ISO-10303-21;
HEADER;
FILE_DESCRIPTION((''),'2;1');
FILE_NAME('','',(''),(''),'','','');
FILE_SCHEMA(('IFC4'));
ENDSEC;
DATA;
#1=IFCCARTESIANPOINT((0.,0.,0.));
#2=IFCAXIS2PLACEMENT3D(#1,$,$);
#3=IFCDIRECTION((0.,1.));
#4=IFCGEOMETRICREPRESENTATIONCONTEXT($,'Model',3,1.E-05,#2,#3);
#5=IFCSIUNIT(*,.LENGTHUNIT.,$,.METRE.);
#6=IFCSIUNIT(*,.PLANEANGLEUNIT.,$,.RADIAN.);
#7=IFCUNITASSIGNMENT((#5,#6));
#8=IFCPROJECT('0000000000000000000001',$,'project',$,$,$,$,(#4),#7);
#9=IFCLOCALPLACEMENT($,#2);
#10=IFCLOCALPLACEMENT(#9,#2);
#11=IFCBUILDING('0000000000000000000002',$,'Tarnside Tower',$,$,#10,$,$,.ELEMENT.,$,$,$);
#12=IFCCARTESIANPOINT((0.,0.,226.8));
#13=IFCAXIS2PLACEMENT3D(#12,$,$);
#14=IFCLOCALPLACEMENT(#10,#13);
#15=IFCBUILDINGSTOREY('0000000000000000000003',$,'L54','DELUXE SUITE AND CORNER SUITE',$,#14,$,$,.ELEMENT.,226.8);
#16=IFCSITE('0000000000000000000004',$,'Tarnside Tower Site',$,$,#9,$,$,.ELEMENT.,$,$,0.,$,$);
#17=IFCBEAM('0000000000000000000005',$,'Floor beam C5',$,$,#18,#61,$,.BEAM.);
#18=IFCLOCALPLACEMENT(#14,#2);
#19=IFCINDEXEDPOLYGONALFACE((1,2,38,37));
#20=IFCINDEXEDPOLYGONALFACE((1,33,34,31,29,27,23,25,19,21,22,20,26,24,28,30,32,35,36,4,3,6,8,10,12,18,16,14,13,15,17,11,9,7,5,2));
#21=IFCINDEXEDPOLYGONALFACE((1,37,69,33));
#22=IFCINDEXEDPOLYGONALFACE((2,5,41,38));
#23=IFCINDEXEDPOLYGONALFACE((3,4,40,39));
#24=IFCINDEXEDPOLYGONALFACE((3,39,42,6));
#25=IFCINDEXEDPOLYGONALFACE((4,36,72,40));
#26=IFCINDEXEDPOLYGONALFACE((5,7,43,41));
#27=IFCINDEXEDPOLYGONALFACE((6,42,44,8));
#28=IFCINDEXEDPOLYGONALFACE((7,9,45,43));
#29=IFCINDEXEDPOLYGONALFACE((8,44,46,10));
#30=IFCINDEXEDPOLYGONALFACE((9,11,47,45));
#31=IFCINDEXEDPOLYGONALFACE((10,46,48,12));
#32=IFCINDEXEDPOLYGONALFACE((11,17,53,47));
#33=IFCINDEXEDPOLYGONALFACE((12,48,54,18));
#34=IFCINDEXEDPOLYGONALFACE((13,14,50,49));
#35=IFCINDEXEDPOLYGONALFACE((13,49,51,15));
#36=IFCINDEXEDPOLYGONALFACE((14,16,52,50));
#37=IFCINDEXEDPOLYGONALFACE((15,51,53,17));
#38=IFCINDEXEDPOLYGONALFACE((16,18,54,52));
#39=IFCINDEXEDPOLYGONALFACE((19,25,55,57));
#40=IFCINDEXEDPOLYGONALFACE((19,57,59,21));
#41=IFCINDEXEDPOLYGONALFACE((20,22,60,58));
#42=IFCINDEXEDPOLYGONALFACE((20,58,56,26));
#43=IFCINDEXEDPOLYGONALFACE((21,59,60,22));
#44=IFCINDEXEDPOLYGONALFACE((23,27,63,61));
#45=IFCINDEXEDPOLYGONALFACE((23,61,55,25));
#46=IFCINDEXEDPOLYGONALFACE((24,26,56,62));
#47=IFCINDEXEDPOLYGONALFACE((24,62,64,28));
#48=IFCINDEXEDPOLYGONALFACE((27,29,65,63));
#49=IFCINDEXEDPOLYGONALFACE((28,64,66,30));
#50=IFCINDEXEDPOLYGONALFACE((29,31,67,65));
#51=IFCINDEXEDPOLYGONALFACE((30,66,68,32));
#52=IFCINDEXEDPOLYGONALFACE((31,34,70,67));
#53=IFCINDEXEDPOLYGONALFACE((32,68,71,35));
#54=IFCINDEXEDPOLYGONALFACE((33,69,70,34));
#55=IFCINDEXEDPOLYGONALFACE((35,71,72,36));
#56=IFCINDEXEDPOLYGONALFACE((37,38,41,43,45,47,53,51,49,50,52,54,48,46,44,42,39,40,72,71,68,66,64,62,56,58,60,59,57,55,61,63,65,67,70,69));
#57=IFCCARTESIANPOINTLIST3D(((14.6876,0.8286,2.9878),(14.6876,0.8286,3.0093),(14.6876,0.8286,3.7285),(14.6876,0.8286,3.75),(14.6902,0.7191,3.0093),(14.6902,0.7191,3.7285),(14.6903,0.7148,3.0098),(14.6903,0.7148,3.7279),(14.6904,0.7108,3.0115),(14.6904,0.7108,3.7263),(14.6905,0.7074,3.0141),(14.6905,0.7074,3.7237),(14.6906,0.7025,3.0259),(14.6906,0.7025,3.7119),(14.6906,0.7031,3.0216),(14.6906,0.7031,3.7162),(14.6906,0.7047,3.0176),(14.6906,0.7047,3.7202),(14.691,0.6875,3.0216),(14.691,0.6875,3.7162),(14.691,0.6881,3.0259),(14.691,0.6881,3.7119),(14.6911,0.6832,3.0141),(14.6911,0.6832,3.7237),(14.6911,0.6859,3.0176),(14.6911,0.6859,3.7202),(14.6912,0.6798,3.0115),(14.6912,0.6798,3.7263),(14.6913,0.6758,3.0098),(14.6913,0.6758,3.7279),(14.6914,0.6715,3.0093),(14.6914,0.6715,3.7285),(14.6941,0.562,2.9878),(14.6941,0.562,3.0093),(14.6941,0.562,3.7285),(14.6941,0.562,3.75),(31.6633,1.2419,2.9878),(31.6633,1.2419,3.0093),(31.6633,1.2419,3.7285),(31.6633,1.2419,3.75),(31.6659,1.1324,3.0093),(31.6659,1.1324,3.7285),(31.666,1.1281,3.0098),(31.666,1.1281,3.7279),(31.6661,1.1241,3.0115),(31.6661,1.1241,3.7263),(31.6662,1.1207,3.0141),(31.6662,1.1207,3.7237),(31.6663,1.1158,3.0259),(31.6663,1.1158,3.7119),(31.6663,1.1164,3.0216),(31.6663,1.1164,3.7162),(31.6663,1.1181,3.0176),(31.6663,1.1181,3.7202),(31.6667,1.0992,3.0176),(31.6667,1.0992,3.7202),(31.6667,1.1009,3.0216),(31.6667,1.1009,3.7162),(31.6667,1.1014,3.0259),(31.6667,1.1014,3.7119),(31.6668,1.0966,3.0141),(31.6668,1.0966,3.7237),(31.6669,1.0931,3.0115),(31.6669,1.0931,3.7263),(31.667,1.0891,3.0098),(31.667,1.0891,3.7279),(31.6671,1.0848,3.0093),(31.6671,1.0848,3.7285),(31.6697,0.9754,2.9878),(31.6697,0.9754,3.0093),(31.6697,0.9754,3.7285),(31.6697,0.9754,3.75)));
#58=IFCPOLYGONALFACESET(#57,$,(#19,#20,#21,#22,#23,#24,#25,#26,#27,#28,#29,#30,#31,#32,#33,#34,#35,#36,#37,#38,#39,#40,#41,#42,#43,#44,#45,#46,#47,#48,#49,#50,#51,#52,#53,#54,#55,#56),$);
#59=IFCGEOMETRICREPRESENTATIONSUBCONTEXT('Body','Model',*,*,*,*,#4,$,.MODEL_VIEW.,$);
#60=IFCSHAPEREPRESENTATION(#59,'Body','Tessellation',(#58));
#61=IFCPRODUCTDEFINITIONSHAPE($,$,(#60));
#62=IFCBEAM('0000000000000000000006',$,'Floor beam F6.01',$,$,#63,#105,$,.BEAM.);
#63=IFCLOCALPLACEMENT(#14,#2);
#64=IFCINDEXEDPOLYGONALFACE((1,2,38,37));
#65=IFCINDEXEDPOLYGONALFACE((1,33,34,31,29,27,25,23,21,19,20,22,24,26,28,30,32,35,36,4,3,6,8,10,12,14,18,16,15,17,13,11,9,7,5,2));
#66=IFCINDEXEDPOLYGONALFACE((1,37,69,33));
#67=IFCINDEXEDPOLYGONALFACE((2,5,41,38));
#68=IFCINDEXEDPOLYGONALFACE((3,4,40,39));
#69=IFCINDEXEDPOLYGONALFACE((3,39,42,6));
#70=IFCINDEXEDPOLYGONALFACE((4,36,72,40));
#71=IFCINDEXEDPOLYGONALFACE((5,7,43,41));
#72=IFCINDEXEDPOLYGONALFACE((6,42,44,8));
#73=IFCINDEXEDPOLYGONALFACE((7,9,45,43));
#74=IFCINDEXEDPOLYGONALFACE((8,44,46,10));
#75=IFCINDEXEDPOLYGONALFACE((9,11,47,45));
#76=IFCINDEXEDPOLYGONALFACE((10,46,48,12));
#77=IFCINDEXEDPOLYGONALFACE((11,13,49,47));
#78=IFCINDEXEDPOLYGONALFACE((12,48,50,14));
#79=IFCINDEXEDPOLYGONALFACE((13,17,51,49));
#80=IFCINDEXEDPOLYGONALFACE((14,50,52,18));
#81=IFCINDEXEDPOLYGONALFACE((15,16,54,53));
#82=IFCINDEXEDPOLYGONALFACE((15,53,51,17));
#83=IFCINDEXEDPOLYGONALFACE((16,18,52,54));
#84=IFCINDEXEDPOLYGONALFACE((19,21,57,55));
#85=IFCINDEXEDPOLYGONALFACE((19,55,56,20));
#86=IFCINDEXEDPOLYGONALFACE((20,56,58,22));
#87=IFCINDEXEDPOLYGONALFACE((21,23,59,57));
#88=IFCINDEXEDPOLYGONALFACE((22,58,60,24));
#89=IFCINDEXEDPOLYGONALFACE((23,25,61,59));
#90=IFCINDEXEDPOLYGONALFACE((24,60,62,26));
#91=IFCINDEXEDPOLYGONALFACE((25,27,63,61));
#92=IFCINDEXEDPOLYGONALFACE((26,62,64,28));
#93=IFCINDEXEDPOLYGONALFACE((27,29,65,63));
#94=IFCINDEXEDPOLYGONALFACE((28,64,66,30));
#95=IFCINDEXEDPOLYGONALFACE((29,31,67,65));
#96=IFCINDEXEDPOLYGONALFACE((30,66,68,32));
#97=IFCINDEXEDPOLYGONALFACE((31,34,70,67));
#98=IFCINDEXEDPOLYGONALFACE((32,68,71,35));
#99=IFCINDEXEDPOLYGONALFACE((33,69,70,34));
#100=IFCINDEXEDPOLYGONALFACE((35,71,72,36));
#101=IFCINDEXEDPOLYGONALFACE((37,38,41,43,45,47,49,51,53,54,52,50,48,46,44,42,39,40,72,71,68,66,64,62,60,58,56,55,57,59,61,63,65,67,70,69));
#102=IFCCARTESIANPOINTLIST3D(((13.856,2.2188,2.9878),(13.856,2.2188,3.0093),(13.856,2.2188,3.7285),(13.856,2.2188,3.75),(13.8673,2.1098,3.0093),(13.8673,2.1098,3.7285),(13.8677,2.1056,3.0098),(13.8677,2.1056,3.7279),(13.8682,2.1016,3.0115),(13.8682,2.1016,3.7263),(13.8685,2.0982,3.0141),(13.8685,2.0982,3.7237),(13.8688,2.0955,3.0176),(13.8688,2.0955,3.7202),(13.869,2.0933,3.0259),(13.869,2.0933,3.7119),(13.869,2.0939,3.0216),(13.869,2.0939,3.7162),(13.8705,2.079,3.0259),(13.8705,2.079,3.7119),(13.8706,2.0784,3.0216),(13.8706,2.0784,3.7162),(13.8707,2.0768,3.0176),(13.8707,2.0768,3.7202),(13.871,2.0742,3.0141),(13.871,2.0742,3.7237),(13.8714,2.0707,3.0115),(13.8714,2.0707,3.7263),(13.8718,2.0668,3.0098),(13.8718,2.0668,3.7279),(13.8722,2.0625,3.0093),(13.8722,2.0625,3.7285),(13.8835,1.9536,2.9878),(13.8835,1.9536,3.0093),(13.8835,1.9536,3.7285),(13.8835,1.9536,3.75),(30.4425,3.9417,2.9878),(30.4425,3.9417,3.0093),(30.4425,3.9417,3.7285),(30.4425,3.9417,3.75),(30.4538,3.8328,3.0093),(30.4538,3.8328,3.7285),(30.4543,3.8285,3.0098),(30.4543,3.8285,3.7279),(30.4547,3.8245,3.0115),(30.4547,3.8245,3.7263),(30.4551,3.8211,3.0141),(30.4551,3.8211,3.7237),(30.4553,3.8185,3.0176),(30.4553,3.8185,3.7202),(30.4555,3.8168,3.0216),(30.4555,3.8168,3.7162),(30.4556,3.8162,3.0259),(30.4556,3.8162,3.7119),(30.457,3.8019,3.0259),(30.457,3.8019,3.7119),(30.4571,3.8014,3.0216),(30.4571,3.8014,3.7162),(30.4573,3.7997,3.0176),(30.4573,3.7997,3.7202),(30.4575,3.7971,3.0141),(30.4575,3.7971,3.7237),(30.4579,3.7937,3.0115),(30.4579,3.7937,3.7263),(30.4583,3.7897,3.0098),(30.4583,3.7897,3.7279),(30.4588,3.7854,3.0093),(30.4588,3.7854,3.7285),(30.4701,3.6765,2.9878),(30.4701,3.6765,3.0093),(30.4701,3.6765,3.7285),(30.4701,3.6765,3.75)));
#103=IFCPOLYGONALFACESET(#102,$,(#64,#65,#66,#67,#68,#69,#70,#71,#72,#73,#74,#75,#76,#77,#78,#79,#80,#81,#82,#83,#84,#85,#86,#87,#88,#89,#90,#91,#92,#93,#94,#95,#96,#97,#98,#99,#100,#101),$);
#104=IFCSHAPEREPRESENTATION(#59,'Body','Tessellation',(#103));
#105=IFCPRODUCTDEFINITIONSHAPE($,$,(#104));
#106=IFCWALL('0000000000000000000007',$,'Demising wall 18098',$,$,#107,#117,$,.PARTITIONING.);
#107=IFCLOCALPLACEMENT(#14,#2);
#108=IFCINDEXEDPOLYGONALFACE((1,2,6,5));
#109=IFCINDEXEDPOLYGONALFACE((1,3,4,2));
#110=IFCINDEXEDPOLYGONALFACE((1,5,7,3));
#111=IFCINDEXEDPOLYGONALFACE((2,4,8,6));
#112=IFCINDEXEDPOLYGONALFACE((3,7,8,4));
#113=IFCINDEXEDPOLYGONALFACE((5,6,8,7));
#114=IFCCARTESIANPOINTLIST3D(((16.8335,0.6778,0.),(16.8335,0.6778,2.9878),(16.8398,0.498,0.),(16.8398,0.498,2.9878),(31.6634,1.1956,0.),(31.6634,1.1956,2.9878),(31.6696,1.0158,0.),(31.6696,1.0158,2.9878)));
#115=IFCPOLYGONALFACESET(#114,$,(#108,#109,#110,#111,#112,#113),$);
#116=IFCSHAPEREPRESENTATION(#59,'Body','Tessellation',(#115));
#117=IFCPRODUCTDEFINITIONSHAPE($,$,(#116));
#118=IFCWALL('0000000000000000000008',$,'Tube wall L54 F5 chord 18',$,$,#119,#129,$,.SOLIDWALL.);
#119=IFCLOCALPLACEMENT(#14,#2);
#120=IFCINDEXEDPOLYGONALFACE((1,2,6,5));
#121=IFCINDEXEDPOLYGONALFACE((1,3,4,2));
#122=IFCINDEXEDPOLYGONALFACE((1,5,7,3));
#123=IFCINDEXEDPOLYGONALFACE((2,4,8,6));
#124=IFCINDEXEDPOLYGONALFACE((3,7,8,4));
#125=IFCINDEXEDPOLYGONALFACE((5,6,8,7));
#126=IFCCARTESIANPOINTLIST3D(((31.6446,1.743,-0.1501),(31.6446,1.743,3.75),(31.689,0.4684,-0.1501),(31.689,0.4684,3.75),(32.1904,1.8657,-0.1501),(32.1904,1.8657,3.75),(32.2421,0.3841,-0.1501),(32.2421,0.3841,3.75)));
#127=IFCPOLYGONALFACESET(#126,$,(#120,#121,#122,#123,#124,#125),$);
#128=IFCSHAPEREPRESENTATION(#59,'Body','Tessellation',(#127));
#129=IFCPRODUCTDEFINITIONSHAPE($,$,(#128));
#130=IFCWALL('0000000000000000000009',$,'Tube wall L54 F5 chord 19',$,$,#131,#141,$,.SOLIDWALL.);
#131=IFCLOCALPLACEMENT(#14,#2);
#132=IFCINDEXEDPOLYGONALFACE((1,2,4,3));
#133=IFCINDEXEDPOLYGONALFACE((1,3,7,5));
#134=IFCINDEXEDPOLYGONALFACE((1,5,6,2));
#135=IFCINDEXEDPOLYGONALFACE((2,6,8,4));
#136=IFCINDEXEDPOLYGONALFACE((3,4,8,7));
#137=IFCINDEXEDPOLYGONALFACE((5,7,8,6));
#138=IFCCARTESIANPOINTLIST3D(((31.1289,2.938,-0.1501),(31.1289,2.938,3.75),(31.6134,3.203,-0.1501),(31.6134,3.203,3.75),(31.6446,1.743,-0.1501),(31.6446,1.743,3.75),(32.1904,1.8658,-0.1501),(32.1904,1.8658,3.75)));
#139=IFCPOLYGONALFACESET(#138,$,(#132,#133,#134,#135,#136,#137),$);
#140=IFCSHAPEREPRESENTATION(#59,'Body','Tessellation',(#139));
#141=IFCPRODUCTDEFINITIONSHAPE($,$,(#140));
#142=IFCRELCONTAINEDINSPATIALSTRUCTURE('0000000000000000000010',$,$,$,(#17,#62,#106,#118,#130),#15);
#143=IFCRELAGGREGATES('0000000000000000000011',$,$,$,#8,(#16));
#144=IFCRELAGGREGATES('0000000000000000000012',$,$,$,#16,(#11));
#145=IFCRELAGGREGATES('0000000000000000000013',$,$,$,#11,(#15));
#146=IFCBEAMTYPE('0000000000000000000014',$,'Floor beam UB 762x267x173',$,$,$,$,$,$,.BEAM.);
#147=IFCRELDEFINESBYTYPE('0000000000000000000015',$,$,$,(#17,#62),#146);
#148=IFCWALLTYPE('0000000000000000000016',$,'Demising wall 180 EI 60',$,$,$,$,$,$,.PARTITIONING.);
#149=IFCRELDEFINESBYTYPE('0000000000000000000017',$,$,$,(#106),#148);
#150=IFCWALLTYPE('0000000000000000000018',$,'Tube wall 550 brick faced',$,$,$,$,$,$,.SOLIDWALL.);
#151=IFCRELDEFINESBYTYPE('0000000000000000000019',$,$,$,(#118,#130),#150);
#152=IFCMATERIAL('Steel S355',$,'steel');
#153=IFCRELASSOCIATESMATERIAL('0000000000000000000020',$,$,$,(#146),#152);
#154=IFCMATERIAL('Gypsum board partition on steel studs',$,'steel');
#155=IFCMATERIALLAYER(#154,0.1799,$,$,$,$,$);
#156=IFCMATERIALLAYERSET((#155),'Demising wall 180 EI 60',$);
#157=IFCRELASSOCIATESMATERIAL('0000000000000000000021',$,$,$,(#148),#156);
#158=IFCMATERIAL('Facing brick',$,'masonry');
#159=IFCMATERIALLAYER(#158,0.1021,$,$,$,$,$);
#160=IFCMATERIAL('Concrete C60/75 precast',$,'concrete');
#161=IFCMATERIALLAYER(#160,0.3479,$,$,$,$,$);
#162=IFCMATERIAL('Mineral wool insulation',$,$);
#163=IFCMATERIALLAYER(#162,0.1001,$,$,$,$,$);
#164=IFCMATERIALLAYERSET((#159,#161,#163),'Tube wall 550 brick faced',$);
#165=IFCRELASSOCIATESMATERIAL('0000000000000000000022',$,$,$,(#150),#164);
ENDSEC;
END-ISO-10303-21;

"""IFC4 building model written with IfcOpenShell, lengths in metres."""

from ifc_helpers import new_model, si_unit, direction, frame, frame_2d, origin, origin_2d, place, context, subcontext, project, spatial, polyline, rectangle, i_section, outline, extrude, material, layer, layer_set, material_profile, profile_set, type_object, element, save


model = new_model("IFC4")

# Units and contexts
model_context = context("Model", 3, precision=1e-05, world=origin(), true_north=direction((0.0, 1.0)))
body_context = subcontext(model_context, "Body", "Model", "MODEL_VIEW")
ifc_project = project(units=[si_unit("LENGTHUNIT", "METRE"), si_unit("PLANEANGLEUNIT", "RADIAN")], contexts=[model_context])

# Site, building, storey
site_placement = place(None, origin())
site = spatial("IfcSite", under=ifc_project, at=site_placement, Name="Tarnside Tower Site", CompositionType="ELEMENT", RefElevation=0.0)
building_placement = place(site_placement, origin())
building = spatial("IfcBuilding", under=site, at=building_placement, Name="Tarnside Tower", CompositionType="ELEMENT")
storey_placement = place(building_placement, frame((0.0, 0.0, 226.8)))
storey = spatial("IfcBuildingStorey", under=building, at=storey_placement, Name="L54", Description="DELUXE SUITE AND CORNER SUITE", CompositionType="ELEMENT", Elevation=226.8)

# Beams
ifc_material_1 = material(Name="Steel S355", Category="steel")
ifc_material_profile = material_profile(ifc_material_1, i_section(OverallWidth=0.2666, OverallDepth=0.7622, WebThickness=0.0144, FlangeThickness=0.0215, FilletRadius=0.0166, at=origin_2d()), Name="UB 762x267x173")
ifc_profile_set = profile_set([ifc_material_profile], Name="Steel S355")
beam_type = type_object("IfcBeamType", Name="Floor beam UB 762x267x173", PredefinedType="BEAM", material=ifc_profile_set)
beam_1_placement = place(storey_placement, frame((31.6665, 1.1086, 3.3689), z_axis=(-0.999704, -0.024341, 0.0), x_axis=(0.024341, -0.999704, 0.0)))
element("IfcBeam", 1, at=beam_1_placement, inside=storey, type_object=beam_type, Name="Floor beam C5", PredefinedType="BEAM", context=body_context, shape_type="SweptSolid", body=[
    extrude(i_section(OverallWidth=0.2666, OverallDepth=0.7622, WebThickness=0.0144, FlangeThickness=0.0215, FilletRadius=0.0166, at=origin_2d()), origin(), (0.0, 0.0, 1.0), 16.9807),
])
beam_2_placement = place(storey_placement, frame((30.4563, 3.8091, 3.3689), z_axis=(-0.994648, -0.103318, 0.0), x_axis=(0.103318, -0.994648, 0.0)))
element("IfcBeam", 2, at=beam_2_placement, inside=storey, type_object=beam_type, Name="Floor beam F6.01", PredefinedType="BEAM", context=body_context, shape_type="SweptSolid", body=[
    extrude(i_section(OverallWidth=0.2666, OverallDepth=0.7622, WebThickness=0.0144, FlangeThickness=0.0215, FilletRadius=0.0166, at=origin_2d()), origin(), (0.0, 0.0, 1.0), 16.6758),
])

# Walls
ifc_material_2 = material(Name="Gypsum board partition on steel studs", Category="steel")
ifc_layer_1 = layer(ifc_material_2, 0.1799)
ifc_layer_set_1 = layer_set([ifc_layer_1], Name="Demising wall 180 EI 60")
wall_type_1 = type_object("IfcWallType", Name="Demising wall 180 EI 60", PredefinedType="PARTITIONING", material=ifc_layer_set_1)
wall_1_placement = place(storey_placement, frame((31.6665, 1.1057, 0.0), z_axis=(0.0, 0.0, 1.0), x_axis=(-0.999391, -0.034896, 0.0)))
element("IfcWall", 3, at=wall_1_placement, inside=storey, type_object=wall_type_1, Name="Demising wall 18098", PredefinedType="PARTITIONING", context=body_context, shape_type="SweptSolid", body=[
    extrude(rectangle(XDim=14.8389, YDim=0.1799, at=frame_2d((7.4194, 0.0))), origin(), (0.0, 0.0, 1.0), 2.9878),
])
ifc_material_3 = material(Name="Facing brick", Category="masonry")
ifc_layer_2 = layer(ifc_material_3, 0.1021)
ifc_material_4 = material(Name="Concrete C60/75 precast", Category="concrete")
ifc_layer_3 = layer(ifc_material_4, 0.3479)
ifc_material_5 = material(Name="Mineral wool insulation")
ifc_layer_4 = layer(ifc_material_5, 0.1001)
ifc_layer_set_2 = layer_set([ifc_layer_2, ifc_layer_3, ifc_layer_4], Name="Tube wall 550 brick faced")
wall_type_2 = type_object("IfcWallType", Name="Tube wall 550 brick faced", PredefinedType="SOLIDWALL", material=ifc_layer_set_2)
wall_2_placement = place(storey_placement, frame((31.9656, 0.4263, -0.1501), z_axis=(0.0, 0.0, 1.0), x_axis=(-0.034877, 0.999392, 0.0)))
element("IfcWall", 4, at=wall_2_placement, inside=storey, type_object=wall_type_2, Name="Tube wall L54 F5 chord 18", PredefinedType="SOLIDWALL", context=body_context, shape_type="SweptSolid", body=[
    extrude(outline(polyline([(-0.0518, -0.2749), (1.4307, -0.2749), (1.3271, 0.2749), (0.0518, 0.2749), (-0.0518, -0.2749)])), origin(), (0.0, 0.0, 1.0), 3.9001),
])
wall_3_placement = place(storey_placement, frame((31.9175, 1.8044, -0.1501), z_axis=(0.0, 0.0, 1.0), x_axis=(-0.396226, 0.918153, 0.0)))
element("IfcWall", 5, at=wall_3_placement, inside=storey, type_object=wall_type_2, Name="Tube wall L54 F5 chord 19", PredefinedType="SOLIDWALL", context=body_context, shape_type="SweptSolid", body=[
    extrude(outline(polyline([(-0.0518, -0.2749), (1.4045, -0.2749), (1.3533, 0.2749), (0.0518, 0.2749), (-0.0518, -0.2749)])), origin(), (0.0, 0.0, 1.0), 3.9001),
])

save(model, "model.ifc")
